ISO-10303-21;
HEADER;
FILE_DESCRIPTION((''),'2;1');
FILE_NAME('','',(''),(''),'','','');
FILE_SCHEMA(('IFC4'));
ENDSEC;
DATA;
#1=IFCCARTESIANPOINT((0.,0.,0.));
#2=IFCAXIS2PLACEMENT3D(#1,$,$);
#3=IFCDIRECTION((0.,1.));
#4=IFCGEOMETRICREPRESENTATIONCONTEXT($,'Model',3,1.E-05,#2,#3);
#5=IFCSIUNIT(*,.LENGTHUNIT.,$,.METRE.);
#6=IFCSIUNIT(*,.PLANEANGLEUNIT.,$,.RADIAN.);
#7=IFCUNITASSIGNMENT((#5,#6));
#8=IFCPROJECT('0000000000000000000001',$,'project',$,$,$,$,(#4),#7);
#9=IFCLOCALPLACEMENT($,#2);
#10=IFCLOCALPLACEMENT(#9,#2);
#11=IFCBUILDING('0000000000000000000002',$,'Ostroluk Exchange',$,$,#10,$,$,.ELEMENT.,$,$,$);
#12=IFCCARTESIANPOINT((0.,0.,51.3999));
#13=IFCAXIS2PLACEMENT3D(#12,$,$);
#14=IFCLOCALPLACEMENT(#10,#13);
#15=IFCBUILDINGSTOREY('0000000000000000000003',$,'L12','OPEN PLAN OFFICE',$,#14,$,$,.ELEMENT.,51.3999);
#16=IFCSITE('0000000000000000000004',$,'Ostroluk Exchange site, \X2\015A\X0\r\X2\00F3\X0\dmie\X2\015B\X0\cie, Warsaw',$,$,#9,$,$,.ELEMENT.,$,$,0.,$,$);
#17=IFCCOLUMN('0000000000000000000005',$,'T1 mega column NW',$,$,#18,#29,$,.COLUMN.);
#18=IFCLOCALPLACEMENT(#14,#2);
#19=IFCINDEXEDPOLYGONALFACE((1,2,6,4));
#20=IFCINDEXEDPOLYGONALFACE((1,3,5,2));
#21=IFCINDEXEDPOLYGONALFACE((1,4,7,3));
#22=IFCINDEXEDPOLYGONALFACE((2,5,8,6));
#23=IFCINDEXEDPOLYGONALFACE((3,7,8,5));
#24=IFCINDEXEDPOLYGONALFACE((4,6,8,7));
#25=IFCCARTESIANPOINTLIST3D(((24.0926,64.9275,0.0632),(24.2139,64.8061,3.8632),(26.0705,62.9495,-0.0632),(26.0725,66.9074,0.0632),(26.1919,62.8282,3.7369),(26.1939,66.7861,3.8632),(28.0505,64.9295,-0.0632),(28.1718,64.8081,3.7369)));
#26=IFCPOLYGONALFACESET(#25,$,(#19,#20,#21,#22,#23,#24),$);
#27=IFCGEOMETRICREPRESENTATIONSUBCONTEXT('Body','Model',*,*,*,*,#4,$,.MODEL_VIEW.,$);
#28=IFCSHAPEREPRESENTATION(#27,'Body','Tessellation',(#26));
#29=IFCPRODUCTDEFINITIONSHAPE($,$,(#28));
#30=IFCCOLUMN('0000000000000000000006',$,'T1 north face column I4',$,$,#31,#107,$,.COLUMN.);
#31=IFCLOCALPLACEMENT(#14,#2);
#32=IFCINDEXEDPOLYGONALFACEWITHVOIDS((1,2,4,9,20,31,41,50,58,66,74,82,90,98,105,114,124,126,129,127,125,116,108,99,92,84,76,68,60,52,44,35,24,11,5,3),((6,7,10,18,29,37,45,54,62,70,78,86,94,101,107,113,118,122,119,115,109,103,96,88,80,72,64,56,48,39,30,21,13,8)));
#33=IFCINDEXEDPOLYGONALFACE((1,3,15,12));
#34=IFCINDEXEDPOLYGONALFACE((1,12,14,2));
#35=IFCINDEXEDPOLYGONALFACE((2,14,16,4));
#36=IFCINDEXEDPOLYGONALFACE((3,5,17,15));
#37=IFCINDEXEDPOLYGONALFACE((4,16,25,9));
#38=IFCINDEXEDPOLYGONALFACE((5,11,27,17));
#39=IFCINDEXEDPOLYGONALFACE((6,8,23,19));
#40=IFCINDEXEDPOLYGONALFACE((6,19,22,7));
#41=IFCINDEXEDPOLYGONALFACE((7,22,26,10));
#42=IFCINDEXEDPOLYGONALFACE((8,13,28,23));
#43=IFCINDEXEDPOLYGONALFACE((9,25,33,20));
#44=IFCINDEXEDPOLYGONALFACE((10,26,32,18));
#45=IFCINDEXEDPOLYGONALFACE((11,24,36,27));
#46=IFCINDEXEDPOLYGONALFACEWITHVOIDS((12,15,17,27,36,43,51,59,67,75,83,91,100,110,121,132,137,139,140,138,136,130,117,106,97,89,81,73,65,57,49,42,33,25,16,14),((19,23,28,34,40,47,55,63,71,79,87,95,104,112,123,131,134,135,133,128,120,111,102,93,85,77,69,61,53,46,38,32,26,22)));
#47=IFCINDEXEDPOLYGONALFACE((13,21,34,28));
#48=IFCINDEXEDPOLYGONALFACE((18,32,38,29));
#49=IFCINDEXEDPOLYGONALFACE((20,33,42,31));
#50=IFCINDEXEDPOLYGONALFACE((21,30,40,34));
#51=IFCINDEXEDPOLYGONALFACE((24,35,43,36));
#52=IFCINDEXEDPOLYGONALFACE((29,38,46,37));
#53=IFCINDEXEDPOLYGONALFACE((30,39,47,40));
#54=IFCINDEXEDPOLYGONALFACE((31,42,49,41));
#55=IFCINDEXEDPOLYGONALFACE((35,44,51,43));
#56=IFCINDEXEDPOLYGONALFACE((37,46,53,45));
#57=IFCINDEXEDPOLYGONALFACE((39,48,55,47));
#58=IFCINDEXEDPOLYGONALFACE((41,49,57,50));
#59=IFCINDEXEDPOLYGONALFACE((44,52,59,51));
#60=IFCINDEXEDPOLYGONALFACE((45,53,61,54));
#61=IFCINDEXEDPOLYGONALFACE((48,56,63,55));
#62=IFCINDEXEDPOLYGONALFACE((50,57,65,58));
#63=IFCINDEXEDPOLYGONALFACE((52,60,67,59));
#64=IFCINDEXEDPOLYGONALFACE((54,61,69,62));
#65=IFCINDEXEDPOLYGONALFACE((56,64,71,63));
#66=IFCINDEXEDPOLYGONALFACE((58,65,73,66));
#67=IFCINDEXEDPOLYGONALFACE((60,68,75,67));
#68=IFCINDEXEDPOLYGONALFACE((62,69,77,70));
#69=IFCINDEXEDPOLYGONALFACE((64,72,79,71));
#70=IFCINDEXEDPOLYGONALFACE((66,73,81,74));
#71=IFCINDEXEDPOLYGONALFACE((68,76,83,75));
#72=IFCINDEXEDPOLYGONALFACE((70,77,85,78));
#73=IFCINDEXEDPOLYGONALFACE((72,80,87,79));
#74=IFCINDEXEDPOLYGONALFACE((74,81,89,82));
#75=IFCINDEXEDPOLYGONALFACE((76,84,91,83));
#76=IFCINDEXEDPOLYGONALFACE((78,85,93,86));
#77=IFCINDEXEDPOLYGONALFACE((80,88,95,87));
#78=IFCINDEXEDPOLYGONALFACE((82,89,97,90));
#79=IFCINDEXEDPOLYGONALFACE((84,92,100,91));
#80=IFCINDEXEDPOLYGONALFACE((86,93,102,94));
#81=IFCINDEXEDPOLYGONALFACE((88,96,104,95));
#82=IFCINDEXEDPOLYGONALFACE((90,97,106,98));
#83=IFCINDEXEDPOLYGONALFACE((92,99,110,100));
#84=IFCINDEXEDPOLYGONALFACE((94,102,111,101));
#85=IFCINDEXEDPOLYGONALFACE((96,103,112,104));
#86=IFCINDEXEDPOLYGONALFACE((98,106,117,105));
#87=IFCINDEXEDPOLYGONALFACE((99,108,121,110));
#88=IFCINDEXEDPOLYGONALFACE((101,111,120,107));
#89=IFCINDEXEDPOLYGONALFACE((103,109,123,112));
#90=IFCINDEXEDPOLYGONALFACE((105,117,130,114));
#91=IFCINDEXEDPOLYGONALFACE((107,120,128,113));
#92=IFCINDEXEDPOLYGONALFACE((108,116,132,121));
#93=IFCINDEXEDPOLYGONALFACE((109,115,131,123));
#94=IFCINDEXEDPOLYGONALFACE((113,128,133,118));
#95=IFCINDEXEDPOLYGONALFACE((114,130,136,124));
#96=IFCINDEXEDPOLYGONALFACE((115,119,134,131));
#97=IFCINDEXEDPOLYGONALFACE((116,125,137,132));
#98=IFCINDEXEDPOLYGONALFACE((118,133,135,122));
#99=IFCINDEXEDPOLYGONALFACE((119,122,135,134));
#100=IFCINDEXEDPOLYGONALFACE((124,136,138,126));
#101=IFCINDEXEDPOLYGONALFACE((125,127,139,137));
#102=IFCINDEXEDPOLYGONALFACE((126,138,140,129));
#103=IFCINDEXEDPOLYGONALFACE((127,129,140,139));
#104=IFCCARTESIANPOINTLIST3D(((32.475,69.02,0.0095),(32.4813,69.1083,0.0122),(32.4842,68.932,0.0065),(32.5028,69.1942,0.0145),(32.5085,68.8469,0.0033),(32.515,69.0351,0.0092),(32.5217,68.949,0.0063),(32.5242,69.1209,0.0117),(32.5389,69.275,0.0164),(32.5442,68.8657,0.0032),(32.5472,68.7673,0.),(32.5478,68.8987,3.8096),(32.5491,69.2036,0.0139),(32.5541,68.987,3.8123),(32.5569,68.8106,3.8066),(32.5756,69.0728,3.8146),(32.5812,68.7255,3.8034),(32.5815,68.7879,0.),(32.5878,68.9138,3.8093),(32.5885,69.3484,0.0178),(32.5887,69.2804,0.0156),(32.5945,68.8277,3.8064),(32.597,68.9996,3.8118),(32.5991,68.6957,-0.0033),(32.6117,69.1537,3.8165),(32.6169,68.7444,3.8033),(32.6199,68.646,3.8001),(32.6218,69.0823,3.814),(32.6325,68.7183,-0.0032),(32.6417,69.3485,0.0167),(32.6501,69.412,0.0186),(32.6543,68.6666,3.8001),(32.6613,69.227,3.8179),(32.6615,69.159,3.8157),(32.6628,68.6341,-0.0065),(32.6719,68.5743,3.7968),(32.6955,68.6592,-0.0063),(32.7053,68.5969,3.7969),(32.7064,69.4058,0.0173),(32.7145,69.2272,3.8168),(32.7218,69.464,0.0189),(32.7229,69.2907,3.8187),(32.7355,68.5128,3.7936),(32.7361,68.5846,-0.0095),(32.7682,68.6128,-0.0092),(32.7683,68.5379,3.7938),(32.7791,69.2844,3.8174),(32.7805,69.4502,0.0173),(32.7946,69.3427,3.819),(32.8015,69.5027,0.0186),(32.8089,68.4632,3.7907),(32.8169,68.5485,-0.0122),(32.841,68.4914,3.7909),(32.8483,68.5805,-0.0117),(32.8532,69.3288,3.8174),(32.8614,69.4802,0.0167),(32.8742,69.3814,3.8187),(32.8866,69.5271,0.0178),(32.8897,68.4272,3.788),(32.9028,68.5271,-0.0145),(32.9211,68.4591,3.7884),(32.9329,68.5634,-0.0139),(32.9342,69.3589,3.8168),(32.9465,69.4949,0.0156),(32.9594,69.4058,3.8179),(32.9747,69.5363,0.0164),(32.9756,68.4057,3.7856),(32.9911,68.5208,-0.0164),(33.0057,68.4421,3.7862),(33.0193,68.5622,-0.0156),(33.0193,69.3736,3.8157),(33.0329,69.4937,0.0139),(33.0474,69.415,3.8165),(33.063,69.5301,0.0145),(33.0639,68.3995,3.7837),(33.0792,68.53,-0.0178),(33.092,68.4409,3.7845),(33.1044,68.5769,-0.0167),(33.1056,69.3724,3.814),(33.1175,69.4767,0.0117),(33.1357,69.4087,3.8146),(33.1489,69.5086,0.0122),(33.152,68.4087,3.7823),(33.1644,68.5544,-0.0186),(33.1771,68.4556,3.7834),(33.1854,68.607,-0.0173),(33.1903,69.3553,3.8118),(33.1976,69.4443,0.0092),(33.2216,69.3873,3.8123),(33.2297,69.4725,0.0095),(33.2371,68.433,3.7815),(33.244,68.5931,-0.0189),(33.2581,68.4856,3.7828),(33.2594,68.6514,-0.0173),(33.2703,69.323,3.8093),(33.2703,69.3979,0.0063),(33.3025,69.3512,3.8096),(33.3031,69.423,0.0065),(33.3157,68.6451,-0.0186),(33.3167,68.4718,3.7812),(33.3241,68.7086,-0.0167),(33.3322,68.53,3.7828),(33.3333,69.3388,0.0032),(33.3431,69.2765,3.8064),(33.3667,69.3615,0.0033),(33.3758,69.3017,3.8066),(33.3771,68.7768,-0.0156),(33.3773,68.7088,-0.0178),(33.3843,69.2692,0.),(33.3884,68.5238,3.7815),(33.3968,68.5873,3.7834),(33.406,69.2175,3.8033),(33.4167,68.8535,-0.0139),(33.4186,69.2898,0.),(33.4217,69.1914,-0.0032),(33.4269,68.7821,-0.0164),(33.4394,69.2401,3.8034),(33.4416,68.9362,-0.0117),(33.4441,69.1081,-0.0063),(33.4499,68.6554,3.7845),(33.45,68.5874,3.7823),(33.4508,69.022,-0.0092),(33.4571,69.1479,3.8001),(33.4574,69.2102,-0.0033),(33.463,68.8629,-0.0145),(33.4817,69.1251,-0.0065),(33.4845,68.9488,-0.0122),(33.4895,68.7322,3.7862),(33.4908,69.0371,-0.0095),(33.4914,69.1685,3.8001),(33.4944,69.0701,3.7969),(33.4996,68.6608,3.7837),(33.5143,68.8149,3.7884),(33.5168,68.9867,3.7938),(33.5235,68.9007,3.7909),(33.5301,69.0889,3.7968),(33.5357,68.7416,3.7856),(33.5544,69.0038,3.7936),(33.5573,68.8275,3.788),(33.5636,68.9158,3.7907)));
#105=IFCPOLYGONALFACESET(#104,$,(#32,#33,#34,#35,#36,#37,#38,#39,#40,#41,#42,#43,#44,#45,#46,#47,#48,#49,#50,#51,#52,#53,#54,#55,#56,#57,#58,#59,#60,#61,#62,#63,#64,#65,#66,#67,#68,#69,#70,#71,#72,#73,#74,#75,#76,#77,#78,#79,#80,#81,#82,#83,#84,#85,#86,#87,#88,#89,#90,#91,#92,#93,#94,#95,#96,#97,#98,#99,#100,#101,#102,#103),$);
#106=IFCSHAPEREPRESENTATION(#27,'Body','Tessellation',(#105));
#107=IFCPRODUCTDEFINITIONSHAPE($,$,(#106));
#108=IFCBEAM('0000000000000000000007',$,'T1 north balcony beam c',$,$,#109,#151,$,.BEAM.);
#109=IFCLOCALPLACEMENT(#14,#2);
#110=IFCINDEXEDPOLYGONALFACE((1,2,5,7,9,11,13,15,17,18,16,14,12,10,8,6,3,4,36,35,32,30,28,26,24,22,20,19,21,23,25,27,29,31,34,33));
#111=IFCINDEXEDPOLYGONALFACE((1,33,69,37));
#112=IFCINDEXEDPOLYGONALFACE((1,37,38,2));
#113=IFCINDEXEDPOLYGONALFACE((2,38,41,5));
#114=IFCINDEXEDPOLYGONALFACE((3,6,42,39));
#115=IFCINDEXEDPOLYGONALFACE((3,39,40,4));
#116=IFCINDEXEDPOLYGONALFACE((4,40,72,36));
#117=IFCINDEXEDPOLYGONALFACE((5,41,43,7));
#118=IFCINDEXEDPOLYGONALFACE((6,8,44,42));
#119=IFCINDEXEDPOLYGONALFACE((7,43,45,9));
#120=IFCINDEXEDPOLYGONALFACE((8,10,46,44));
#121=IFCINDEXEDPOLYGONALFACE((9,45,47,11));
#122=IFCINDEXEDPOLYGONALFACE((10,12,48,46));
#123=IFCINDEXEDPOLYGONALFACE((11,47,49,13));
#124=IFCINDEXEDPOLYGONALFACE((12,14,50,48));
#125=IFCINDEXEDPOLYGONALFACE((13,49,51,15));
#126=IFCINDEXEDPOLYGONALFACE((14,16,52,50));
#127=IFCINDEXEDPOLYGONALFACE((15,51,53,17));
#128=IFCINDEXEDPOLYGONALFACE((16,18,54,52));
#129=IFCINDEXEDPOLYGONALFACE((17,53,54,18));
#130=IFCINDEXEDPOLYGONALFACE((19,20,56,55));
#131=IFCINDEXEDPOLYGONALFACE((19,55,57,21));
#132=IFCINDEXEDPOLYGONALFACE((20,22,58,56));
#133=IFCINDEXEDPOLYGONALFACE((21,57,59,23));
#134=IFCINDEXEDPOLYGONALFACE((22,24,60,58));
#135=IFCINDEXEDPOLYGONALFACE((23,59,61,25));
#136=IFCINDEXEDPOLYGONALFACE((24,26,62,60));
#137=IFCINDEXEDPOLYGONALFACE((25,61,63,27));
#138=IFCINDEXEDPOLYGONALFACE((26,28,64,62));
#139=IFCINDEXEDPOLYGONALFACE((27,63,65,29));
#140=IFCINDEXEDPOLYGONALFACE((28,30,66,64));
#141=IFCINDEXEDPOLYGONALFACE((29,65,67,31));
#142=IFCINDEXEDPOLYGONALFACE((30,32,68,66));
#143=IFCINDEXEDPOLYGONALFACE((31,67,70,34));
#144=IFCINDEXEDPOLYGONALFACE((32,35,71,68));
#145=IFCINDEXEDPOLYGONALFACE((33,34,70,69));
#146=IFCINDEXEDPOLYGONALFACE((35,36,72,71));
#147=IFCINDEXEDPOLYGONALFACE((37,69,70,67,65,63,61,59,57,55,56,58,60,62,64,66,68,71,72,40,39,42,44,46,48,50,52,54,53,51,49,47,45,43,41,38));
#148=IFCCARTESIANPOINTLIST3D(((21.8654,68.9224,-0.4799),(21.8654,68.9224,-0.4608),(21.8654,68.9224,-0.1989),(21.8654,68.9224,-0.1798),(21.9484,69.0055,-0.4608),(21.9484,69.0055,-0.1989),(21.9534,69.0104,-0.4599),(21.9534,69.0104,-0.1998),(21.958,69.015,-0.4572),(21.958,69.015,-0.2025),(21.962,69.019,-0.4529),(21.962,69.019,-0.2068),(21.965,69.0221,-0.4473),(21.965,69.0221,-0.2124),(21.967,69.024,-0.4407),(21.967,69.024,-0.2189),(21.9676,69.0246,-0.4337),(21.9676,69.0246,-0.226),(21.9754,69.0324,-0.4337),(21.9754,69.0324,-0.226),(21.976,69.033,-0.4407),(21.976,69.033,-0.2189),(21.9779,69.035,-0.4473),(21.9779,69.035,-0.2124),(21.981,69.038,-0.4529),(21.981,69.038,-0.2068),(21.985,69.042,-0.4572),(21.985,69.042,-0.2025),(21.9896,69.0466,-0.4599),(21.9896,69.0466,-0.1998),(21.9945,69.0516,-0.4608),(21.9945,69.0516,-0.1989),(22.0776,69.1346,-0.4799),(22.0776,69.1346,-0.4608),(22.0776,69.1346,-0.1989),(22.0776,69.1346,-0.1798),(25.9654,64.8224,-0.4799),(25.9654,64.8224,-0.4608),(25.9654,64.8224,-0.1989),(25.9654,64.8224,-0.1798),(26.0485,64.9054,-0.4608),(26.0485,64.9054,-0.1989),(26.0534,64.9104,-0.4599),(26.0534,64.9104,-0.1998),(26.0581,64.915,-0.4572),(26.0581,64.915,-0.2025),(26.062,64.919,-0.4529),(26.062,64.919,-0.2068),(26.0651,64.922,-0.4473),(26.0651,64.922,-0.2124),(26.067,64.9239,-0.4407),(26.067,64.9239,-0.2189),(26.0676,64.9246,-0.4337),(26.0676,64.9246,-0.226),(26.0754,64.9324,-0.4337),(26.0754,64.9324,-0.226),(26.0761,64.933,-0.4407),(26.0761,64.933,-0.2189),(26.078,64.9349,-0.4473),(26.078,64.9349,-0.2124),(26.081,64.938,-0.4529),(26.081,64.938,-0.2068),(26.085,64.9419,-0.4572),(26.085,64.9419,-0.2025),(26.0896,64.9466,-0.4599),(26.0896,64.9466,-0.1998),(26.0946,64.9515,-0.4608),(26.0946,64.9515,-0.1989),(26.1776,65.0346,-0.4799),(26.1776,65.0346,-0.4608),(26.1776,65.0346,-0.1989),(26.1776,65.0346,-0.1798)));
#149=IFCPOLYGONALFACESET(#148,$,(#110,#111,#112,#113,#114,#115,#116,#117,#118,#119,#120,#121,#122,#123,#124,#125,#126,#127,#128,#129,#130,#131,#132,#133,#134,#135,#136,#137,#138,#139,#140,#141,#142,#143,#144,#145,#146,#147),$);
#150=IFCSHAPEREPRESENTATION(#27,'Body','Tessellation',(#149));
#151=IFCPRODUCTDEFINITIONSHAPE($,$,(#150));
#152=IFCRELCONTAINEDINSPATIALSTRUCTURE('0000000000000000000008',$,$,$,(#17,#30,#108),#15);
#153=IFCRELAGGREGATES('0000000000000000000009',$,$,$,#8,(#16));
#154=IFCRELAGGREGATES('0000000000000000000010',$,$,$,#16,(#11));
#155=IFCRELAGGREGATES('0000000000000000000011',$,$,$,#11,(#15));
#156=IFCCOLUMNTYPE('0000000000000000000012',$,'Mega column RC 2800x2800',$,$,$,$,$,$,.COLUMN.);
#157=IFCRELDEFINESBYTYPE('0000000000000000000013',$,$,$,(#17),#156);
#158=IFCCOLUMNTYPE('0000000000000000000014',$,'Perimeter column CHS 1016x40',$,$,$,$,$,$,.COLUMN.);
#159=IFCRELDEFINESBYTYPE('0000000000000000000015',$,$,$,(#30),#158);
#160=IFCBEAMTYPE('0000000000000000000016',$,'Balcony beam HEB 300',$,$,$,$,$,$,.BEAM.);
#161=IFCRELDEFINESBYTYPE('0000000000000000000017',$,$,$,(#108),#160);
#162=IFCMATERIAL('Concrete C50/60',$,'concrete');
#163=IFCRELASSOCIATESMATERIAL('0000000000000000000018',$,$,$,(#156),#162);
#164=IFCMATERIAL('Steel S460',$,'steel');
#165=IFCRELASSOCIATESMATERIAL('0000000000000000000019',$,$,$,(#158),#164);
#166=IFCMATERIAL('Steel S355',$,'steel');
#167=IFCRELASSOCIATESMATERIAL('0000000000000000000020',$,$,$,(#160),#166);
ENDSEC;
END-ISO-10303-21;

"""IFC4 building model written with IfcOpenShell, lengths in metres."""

from ifc_helpers import new_model, si_unit, direction, frame, origin, origin_2d, place, context, subcontext, project, spatial, rectangle, hollow_circle, i_section, extrude, material, material_profile, profile_set, type_object, element, save


model = new_model("IFC4")

# Units and contexts
model_context = context("Model", 3, precision=1e-05, world=origin(), true_north=direction((0.0, 1.0)))
body_context = subcontext(model_context, "Body", "Model", "MODEL_VIEW")
ifc_project = project(units=[si_unit("LENGTHUNIT", "METRE"), si_unit("PLANEANGLEUNIT", "RADIAN")], contexts=[model_context])

# Site, building, storey
site_placement = place(None, origin())
site = spatial("IfcSite", under=ifc_project, at=site_placement, Name="Ostroluk Exchange site, Śródmieście, Warsaw", CompositionType="ELEMENT", RefElevation=0.0)
building_placement = place(site_placement, origin())
building = spatial("IfcBuilding", under=site, at=building_placement, Name="Ostroluk Exchange", CompositionType="ELEMENT")
storey_placement = place(building_placement, frame((0.0, 0.0, 51.3999)))
storey = spatial("IfcBuildingStorey", under=building, at=storey_placement, Name="L12", Description="OPEN PLAN OFFICE", CompositionType="ELEMENT", Elevation=51.3999)

# Columns
ifc_material_1 = material(Name="Concrete C50/60", Category="concrete")
ifc_material_profile_1 = material_profile(ifc_material_1, rectangle(XDim=2.8, YDim=2.8, at=origin_2d()), Name="RC 2800x2800")
ifc_profile_set_1 = profile_set([ifc_material_profile_1], Name="Concrete C50/60")
column_type_1 = type_object("IfcColumnType", Name="Mega column RC 2800x2800", PredefinedType="COLUMN", material=ifc_profile_set_1)
column_1_placement = place(storey_placement, frame((26.0715, 64.9285, 0.0), z_axis=(0.031898, -0.031898, 0.998982), x_axis=(0.707107, 0.707107, 0.0)))
element("IfcColumn", 1, at=column_1_placement, inside=storey, type_object=column_type_1, Name="T1 mega column NW", PredefinedType="COLUMN", context=body_context, shape_type="SweptSolid", body=[
    extrude(rectangle(XDim=2.8, YDim=2.8, at=origin_2d()), origin(), (0.0, 0.0, 1.0), 3.804),
])
ifc_material_2 = material(Name="Steel S460", Category="steel")
ifc_material_profile_2 = material_profile(ifc_material_2, hollow_circle(Radius=0.5081, WallThickness=0.04, at=origin_2d()), Name="CHS 1016x40")
ifc_profile_set_2 = profile_set([ifc_material_profile_2], Name="Steel S460")
column_type_2 = type_object("IfcColumnType", Name="Perimeter column CHS 1016x40", PredefinedType="COLUMN", material=ifc_profile_set_2)
column_2_placement = place(storey_placement, frame((32.9829, 69.0286, 0.0), z_axis=(0.019132, -0.031909, 0.999308), x_axis=(0.857645, 0.514242, 0.0)))
element("IfcColumn", 2, at=column_2_placement, inside=storey, type_object=column_type_2, Name="T1 north face column I4", PredefinedType="COLUMN", context=body_context, shape_type="SweptSolid", body=[
    extrude(hollow_circle(Radius=0.5081, WallThickness=0.04, at=origin_2d()), origin(), (0.0, 0.0, 1.0), 3.8027),
])

# Beam
ifc_material_3 = material(Name="Steel S355", Category="steel")
ifc_material_profile_3 = material_profile(ifc_material_3, i_section(OverallWidth=0.3, OverallDepth=0.3, WebThickness=0.011, FlangeThickness=0.019, FilletRadius=0.0271, at=origin_2d()), Name="HEB 300")
ifc_profile_set_3 = profile_set([ifc_material_profile_3], Name="Steel S355")
beam_type_1 = type_object("IfcBeamType", Name="Balcony beam HEB 300", PredefinedType="BEAM", material=ifc_profile_set_3)
beam_1_placement = place(storey_placement, frame((26.0715, 64.9285, -0.3298), z_axis=(-0.707107, 0.707107, 0.0), x_axis=(-0.707107, -0.707107, 0.0)))
element("IfcBeam", 3, at=beam_1_placement, inside=storey, type_object=beam_type_1, Name="T1 north balcony beam c", PredefinedType="BEAM", context=body_context, shape_type="SweptSolid", body=[
    extrude(i_section(OverallWidth=0.3, OverallDepth=0.3, WebThickness=0.011, FlangeThickness=0.019, FilletRadius=0.0271, at=origin_2d()), origin(), (0.0, 0.0, 1.0), 5.7983),
])

save(model, "model.ifc")
